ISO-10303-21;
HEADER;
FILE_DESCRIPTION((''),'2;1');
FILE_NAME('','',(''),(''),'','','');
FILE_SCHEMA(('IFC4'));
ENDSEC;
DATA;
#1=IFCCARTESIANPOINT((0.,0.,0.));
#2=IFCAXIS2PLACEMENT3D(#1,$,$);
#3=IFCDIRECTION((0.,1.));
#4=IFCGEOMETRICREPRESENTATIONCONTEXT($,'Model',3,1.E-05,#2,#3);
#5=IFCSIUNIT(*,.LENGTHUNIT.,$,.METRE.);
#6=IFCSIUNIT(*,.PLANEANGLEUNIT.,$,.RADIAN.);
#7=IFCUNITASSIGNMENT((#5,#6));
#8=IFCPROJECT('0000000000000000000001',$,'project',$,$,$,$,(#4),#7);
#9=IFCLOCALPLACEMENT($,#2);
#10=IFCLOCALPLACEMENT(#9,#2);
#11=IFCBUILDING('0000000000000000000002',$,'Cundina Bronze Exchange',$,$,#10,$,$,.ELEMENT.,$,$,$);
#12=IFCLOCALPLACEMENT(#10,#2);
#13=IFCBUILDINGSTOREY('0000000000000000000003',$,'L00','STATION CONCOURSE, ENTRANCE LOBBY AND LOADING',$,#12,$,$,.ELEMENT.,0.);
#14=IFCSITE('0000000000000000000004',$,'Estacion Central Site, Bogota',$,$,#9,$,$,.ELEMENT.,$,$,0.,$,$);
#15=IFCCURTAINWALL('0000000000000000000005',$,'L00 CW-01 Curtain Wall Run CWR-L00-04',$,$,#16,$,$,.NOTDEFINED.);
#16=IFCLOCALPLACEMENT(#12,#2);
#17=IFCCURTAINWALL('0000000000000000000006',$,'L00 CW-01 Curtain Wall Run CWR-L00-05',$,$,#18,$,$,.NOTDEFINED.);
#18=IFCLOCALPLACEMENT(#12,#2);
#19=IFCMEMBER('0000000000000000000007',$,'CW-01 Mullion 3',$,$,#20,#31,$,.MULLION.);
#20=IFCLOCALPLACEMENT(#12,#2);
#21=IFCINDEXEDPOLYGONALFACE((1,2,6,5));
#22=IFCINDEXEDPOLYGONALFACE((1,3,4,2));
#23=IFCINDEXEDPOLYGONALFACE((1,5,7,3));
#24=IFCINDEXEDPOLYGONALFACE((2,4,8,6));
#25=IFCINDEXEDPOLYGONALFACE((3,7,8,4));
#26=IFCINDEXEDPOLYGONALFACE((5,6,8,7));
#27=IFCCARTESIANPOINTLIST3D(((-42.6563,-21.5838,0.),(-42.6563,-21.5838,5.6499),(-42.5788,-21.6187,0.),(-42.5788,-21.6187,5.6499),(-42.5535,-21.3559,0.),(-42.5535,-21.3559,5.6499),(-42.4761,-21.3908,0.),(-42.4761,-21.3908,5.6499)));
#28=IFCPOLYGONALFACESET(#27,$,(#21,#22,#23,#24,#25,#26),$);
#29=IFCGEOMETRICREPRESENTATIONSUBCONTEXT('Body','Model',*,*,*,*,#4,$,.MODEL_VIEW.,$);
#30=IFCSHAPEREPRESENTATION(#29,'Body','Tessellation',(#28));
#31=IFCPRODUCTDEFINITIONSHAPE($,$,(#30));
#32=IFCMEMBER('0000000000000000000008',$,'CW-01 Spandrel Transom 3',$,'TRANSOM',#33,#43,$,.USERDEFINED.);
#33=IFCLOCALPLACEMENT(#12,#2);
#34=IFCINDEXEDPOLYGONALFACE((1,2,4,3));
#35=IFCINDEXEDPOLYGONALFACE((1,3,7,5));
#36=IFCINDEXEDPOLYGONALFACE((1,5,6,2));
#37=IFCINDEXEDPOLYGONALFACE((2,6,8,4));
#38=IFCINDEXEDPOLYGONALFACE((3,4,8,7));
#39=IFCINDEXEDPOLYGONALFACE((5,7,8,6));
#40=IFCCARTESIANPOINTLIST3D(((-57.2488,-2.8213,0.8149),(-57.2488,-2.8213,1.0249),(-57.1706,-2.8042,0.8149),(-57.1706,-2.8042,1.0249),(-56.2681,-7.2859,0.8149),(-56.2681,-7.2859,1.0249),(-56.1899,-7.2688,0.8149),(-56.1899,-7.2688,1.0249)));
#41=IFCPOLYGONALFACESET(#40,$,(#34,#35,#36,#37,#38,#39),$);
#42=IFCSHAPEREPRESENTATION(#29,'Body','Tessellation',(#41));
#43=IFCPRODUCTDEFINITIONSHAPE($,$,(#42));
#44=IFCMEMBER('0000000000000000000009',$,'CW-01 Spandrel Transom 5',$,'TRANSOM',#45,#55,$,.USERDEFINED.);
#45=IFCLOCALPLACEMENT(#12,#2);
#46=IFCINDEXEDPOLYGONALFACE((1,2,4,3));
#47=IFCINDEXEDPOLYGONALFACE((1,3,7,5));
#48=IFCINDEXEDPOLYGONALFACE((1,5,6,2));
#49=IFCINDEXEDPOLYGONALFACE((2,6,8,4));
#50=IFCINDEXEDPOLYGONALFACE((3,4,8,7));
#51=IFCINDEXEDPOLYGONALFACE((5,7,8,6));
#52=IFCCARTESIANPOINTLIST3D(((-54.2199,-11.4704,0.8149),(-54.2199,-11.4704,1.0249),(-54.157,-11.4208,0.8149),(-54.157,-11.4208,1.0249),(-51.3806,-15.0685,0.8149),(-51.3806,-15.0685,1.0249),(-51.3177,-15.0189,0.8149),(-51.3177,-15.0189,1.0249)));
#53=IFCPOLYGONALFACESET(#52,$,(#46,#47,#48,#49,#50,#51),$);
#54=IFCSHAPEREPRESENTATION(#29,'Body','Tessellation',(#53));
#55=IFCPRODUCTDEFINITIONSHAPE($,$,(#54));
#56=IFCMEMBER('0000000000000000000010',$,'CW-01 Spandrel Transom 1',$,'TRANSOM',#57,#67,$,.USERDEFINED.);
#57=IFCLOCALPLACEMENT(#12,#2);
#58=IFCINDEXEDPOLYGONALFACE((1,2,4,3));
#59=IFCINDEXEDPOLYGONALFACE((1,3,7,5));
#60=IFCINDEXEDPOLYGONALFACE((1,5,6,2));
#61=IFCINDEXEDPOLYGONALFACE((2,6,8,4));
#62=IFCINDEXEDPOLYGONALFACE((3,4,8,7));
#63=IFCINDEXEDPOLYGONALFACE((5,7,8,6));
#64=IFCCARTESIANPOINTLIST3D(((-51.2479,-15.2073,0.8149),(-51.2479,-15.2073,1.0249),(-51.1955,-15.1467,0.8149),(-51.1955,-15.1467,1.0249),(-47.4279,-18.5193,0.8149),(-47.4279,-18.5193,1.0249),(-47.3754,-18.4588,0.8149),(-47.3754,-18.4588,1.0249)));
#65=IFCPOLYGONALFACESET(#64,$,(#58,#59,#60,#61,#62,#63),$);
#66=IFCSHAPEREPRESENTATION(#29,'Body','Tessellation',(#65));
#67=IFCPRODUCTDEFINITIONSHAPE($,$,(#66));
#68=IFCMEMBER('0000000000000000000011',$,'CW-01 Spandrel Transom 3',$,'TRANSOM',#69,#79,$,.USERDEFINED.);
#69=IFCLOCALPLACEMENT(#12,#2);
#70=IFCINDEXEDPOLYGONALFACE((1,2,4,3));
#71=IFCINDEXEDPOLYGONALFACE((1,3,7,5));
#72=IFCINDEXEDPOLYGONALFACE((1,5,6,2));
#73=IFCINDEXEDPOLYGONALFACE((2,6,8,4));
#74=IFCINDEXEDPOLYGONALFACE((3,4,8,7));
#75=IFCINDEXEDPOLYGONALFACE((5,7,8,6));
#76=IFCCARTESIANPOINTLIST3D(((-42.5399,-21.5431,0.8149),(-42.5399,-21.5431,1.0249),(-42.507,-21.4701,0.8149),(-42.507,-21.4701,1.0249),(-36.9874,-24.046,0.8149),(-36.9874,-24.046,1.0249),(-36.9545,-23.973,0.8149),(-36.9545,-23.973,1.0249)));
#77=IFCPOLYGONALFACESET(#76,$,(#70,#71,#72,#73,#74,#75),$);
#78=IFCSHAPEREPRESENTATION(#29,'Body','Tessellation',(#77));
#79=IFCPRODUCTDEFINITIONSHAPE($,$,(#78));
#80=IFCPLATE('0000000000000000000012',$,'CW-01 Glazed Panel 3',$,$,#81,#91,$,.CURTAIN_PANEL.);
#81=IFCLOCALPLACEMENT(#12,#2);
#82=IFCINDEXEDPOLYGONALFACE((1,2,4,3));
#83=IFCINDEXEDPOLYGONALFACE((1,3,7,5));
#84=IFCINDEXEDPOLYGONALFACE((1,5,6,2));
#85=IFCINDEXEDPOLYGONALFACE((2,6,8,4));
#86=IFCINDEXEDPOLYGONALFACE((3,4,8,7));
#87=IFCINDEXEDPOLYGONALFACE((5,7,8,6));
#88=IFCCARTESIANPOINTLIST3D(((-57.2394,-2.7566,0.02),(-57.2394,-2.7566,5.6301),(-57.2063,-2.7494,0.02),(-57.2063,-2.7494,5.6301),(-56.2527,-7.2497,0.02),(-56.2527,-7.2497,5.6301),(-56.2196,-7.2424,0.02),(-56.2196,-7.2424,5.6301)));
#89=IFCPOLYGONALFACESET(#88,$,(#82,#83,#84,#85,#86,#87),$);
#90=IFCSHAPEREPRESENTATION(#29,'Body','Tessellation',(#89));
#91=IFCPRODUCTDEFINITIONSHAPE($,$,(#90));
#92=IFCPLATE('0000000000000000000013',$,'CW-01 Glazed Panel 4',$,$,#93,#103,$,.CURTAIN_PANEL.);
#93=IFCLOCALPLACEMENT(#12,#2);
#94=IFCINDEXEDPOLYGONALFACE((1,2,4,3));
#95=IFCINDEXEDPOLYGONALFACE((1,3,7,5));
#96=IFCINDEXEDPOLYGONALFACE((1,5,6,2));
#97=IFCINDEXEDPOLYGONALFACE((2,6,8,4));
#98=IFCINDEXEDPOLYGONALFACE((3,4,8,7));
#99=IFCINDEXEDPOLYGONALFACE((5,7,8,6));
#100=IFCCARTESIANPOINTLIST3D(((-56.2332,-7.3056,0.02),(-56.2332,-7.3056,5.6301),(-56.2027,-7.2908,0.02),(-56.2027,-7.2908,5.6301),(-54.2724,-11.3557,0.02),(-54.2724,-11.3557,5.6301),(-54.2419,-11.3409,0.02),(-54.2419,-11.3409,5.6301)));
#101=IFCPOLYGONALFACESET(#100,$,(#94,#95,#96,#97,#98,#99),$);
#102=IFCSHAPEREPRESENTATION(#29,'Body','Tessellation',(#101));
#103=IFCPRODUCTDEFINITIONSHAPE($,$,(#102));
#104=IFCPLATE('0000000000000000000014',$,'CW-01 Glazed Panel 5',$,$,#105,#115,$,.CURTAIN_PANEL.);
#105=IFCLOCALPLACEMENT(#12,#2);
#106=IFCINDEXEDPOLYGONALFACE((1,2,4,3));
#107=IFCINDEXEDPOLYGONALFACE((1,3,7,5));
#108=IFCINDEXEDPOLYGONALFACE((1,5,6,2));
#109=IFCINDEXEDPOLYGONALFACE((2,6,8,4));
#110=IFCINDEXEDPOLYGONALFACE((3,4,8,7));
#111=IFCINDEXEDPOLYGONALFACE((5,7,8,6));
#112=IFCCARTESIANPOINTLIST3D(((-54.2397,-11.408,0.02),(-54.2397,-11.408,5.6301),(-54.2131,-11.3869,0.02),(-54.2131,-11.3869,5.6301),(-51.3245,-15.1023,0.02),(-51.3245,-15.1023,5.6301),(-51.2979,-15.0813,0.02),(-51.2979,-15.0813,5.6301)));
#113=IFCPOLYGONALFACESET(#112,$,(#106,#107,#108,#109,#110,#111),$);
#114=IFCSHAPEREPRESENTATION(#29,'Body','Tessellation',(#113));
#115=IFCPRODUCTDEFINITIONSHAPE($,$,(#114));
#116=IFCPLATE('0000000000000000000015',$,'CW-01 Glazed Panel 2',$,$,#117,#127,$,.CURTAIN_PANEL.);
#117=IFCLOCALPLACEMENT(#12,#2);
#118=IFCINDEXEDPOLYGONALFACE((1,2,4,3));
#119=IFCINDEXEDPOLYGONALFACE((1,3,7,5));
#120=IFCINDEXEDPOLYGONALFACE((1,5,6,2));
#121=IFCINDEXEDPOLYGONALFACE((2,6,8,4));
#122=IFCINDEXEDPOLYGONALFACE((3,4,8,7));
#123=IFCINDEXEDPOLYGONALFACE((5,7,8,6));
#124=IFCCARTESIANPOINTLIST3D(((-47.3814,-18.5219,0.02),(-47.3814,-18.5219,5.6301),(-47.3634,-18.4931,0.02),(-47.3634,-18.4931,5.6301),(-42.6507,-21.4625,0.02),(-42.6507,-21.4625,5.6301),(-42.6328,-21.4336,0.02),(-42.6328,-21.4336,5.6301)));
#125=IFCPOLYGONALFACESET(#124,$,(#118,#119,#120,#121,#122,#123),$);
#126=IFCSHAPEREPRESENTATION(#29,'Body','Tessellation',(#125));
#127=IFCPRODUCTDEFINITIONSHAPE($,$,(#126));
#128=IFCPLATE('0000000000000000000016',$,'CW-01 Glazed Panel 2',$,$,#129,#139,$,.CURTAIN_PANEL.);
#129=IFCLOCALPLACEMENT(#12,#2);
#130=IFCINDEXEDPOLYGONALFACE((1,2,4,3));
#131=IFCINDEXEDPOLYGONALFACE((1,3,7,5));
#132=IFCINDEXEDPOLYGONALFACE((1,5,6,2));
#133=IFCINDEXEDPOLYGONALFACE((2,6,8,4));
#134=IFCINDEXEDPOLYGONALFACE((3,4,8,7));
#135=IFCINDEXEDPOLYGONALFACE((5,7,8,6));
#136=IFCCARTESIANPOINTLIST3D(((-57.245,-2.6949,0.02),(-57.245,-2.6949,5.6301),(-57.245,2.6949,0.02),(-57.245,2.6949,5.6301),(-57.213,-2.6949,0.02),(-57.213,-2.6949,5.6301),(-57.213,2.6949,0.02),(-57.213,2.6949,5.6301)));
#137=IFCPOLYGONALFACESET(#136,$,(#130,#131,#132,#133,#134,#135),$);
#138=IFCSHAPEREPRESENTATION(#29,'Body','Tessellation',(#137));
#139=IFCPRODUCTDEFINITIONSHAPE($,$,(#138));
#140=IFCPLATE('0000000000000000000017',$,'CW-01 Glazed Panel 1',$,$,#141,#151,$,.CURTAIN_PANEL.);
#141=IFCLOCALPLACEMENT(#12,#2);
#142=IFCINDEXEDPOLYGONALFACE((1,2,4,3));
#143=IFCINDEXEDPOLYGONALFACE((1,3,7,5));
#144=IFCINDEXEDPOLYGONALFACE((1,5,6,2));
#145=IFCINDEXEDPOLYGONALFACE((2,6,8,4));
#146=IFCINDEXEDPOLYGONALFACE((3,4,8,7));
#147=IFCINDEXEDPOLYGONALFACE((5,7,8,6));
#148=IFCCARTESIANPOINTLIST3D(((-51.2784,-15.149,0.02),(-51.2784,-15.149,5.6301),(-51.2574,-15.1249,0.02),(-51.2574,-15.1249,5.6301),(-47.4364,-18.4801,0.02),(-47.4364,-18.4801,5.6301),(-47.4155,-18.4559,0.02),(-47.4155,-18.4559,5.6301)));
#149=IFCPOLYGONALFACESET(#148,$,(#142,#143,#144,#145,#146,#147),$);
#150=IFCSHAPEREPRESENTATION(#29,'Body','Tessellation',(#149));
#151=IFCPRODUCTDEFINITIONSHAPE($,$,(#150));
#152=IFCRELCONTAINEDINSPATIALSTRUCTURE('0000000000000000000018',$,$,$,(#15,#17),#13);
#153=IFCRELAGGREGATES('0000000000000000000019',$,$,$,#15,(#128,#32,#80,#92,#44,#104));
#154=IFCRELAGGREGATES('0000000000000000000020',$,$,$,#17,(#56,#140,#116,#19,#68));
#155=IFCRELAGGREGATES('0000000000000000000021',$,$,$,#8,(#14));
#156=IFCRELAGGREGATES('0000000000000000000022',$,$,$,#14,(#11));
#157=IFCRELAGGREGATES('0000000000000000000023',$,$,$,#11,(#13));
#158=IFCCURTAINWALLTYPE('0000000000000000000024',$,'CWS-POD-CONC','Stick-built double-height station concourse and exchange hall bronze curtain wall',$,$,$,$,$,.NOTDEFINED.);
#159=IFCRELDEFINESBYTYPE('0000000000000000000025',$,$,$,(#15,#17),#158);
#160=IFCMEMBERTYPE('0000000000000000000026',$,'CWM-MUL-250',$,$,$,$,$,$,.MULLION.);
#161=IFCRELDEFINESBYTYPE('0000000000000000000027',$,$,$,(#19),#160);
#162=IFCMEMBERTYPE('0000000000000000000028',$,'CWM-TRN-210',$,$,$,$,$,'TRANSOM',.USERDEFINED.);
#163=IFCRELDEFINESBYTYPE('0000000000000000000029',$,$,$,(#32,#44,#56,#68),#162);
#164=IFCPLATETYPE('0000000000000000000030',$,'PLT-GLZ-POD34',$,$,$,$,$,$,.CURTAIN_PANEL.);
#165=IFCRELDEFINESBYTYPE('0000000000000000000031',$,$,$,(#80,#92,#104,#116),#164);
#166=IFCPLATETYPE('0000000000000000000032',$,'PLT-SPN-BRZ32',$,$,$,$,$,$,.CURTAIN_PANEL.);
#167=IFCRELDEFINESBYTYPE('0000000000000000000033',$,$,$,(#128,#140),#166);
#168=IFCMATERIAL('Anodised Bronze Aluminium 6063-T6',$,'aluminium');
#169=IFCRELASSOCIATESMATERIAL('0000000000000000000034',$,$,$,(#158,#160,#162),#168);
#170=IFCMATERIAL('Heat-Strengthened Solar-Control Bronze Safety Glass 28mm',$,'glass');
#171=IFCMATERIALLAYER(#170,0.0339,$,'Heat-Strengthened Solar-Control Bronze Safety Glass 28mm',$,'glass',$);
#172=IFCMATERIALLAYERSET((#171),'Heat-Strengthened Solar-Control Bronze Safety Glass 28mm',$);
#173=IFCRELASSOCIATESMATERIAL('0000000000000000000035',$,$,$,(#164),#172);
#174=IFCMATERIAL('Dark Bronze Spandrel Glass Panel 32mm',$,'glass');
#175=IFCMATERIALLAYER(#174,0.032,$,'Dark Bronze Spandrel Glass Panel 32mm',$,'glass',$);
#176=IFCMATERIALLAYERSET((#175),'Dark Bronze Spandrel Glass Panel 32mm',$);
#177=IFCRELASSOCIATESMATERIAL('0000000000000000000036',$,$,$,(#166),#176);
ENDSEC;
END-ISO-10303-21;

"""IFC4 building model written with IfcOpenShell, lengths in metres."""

from ifc_helpers import new_model, si_unit, direction, frame, origin, origin_2d, place, context, subcontext, project, spatial, rectangle, extrude, material, layer, layer_set, material_profile, profile_set, type_object, element, aggregate, save


model = new_model("IFC4")

# Units and contexts
model_context = context("Model", 3, precision=1e-05, world=origin(), true_north=direction((0.0, 1.0)))
body_context = subcontext(model_context, "Body", "Model", "MODEL_VIEW")
ifc_project = project(units=[si_unit("LENGTHUNIT", "METRE"), si_unit("PLANEANGLEUNIT", "RADIAN")], contexts=[model_context])

# Site, building, storey
site_placement = place(None, origin())
site = spatial("IfcSite", under=ifc_project, at=site_placement, Name="Estacion Central Site, Bogota", CompositionType="ELEMENT", RefElevation=0.0)
building_placement = place(site_placement, origin())
building = spatial("IfcBuilding", under=site, at=building_placement, Name="Cundina Bronze Exchange", CompositionType="ELEMENT")
storey_placement = place(building_placement, origin())
storey = spatial("IfcBuildingStorey", under=building, at=storey_placement, Name="L00", Description="STATION CONCOURSE, ENTRANCE LOBBY AND LOADING", CompositionType="ELEMENT", Elevation=0.0)

# Curtain walls, member
ifc_material_1 = material(Name="Anodised Bronze Aluminium 6063-T6", Category="aluminium")
curtain_wall_type = type_object("IfcCurtainWallType", Name="CWS-POD-CONC", Description="Stick-built double-height station concourse and exchange hall bronze curtain wall", PredefinedType="NOTDEFINED", material=ifc_material_1)
curtain_wall_1_placement = place(storey_placement, origin())
curtain_wall_1 = element("IfcCurtainWall", 1, at=curtain_wall_1_placement, inside=storey, type_object=curtain_wall_type, Name="L00 CW-01 Curtain Wall Run CWR-L00-04", PredefinedType="NOTDEFINED")
ifc_material_profile_1 = material_profile(ifc_material_1, rectangle(XDim=0.085, YDim=0.25, at=origin_2d()), Name="AL85X250", Category="aluminium")
ifc_profile_set_1 = profile_set([ifc_material_profile_1], Name="Anodised Bronze Aluminium 6063-T6")
member_type_1 = type_object("IfcMemberType", Name="CWM-MUL-250", PredefinedType="MULLION", material=ifc_profile_set_1)
curtain_wall_2_placement = place(storey_placement, origin())
curtain_wall_2 = element("IfcCurtainWall", 2, at=curtain_wall_2_placement, inside=storey, type_object=curtain_wall_type, Name="L00 CW-01 Curtain Wall Run CWR-L00-05", PredefinedType="NOTDEFINED")
member_1_placement = place(storey_placement, frame((-42.5662, -21.4873, 0.0), z_axis=(0.0, 0.0, 1.0), x_axis=(0.911619, -0.411037, 0.0)))
member_1 = element("IfcMember", 3, at=member_1_placement, type_object=member_type_1, Name="CW-01 Mullion 3", PredefinedType="MULLION", context=body_context, shape_type="SweptSolid", body=[
    extrude(rectangle(XDim=0.085, YDim=0.25, at=origin_2d()), origin(), (0.0, 0.0, 1.0), 5.6499),
])

# Members
ifc_material_profile_2 = material_profile(ifc_material_1, rectangle(XDim=0.0801, YDim=0.21, at=origin_2d()), Name="AL80X210", Category="aluminium")
ifc_profile_set_2 = profile_set([ifc_material_profile_2], Name="Anodised Bronze Aluminium 6063-T6")
member_type_2 = type_object("IfcMemberType", Name="CWM-TRN-210", ElementType="TRANSOM", PredefinedType="USERDEFINED", material=ifc_profile_set_2)
member_2_placement = place(storey_placement, frame((-57.2097, -2.8127, 0.9199), z_axis=(0.214549, -0.976713, 0.0), x_axis=(0.976713, 0.214549, 0.0)))
member_2 = element("IfcMember", 4, at=member_2_placement, type_object=member_type_2, Name="CW-01 Spandrel Transom 3", ObjectType="TRANSOM", PredefinedType="USERDEFINED", context=body_context, shape_type="SweptSolid", body=[
    extrude(rectangle(XDim=0.0801, YDim=0.21, at=origin_2d()), origin(), (0.0, 0.0, 1.0), 4.571),
])
member_3_placement = place(storey_placement, frame((-54.1885, -11.4456, 0.9199), z_axis=(0.619472, -0.785019, 0.0), x_axis=(0.785019, 0.619472, 0.0)))
member_3 = element("IfcMember", 5, at=member_3_placement, type_object=member_type_2, Name="CW-01 Spandrel Transom 5", ObjectType="TRANSOM", PredefinedType="USERDEFINED", context=body_context, shape_type="SweptSolid", body=[
    extrude(rectangle(XDim=0.0801, YDim=0.21, at=origin_2d()), origin(), (0.0, 0.0, 1.0), 4.5835),
])
member_4_placement = place(storey_placement, frame((-51.2217, -15.177, 0.9199), z_axis=(0.755563, -0.655076, 0.0), x_axis=(0.655076, 0.755563, 0.0)))
member_4 = element("IfcMember", 6, at=member_4_placement, type_object=member_type_2, Name="CW-01 Spandrel Transom 1", ObjectType="TRANSOM", PredefinedType="USERDEFINED", context=body_context, shape_type="SweptSolid", body=[
    extrude(rectangle(XDim=0.0801, YDim=0.21, at=origin_2d()), origin(), (0.0, 0.0, 1.0), 5.0559),
])
member_5_placement = place(storey_placement, frame((-42.5234, -21.5066, 0.9199), z_axis=(0.911657, -0.410953, 0.0), x_axis=(0.410953, 0.911657, 0.0)))
member_5 = element("IfcMember", 7, at=member_5_placement, type_object=member_type_2, Name="CW-01 Spandrel Transom 3", ObjectType="TRANSOM", PredefinedType="USERDEFINED", context=body_context, shape_type="SweptSolid", body=[
    extrude(rectangle(XDim=0.0801, YDim=0.21, at=origin_2d()), origin(), (0.0, 0.0, 1.0), 6.0906),
])

# Plates
ifc_material_2 = material(Name="Heat-Strengthened Solar-Control Bronze Safety Glass 28mm", Category="glass")
ifc_layer_1 = layer(ifc_material_2, 0.0339, Name="Heat-Strengthened Solar-Control Bronze Safety Glass 28mm", Category="glass")
ifc_layer_set_1 = layer_set([ifc_layer_1], Name="Heat-Strengthened Solar-Control Bronze Safety Glass 28mm")
plate_type_1 = type_object("IfcPlateType", Name="PLT-GLZ-POD34", PredefinedType="CURTAIN_PANEL", material=ifc_layer_set_1)
plate_1_placement = place(storey_placement, frame((-56.7295, -4.9995, 0.02), z_axis=(0.0, 0.0, 1.0), x_axis=(0.214497, -0.976725, 0.0)))
plate_1 = element("IfcPlate", 8, at=plate_1_placement, type_object=plate_type_1, Name="CW-01 Glazed Panel 3", PredefinedType="CURTAIN_PANEL", context=body_context, shape_type="SweptSolid", body=[
    extrude(rectangle(XDim=4.6001, YDim=0.0339, at=origin_2d()), origin(), (0.0, 0.0, 1.0), 5.6101),
])
plate_2_placement = place(storey_placement, frame((-55.2375, -9.3232, 0.02), z_axis=(0.0, 0.0, 1.0), x_axis=(0.435765, -0.90006, 0.0)))
plate_2 = element("IfcPlate", 9, at=plate_2_placement, type_object=plate_type_1, Name="CW-01 Glazed Panel 4", PredefinedType="CURTAIN_PANEL", context=body_context, shape_type="SweptSolid", body=[
    extrude(rectangle(XDim=4.4998, YDim=0.0339, at=origin_2d()), origin(), (0.0, 0.0, 1.0), 5.6101),
])
plate_3_placement = place(storey_placement, frame((-52.7688, -13.2446, 0.02), z_axis=(0.0, 0.0, 1.0), x_axis=(0.619464, -0.785025, 0.0)))
plate_3 = element("IfcPlate", 10, at=plate_3_placement, type_object=plate_type_1, Name="CW-01 Glazed Panel 5", PredefinedType="CURTAIN_PANEL", context=body_context, shape_type="SweptSolid", body=[
    extrude(rectangle(XDim=4.7061, YDim=0.0339, at=origin_2d()), origin(), (0.0, 0.0, 1.0), 5.6101),
])
plate_4_placement = place(storey_placement, frame((-45.0071, -19.9778, 0.02), z_axis=(0.0, 0.0, 1.0), x_axis=(0.849294, -0.52792, 0.0)))
plate_4 = element("IfcPlate", 11, at=plate_4_placement, type_object=plate_type_1, Name="CW-01 Glazed Panel 2", PredefinedType="CURTAIN_PANEL", context=body_context, shape_type="SweptSolid", body=[
    extrude(rectangle(XDim=5.5701, YDim=0.0339, at=origin_2d()), origin(), (0.0, 0.0, 1.0), 5.6101),
])
ifc_material_3 = material(Name="Dark Bronze Spandrel Glass Panel 32mm", Category="glass")
ifc_layer_2 = layer(ifc_material_3, 0.032, Name="Dark Bronze Spandrel Glass Panel 32mm", Category="glass")
ifc_layer_set_2 = layer_set([ifc_layer_2], Name="Dark Bronze Spandrel Glass Panel 32mm")
plate_type_2 = type_object("IfcPlateType", Name="PLT-SPN-BRZ32", PredefinedType="CURTAIN_PANEL", material=ifc_layer_set_2)
plate_5_placement = place(storey_placement, frame((-57.229, 0.0, 0.02), z_axis=(0.0, 0.0, 1.0), x_axis=(0.0, -1.0, 0.0)))
plate_5 = element("IfcPlate", 12, at=plate_5_placement, type_object=plate_type_2, Name="CW-01 Glazed Panel 2", PredefinedType="CURTAIN_PANEL", context=body_context, shape_type="SweptSolid", body=[
    extrude(rectangle(XDim=5.3899, YDim=0.032, at=origin_2d()), origin(), (0.0, 0.0, 1.0), 5.6101),
])
aggregate(curtain_wall_1, [plate_5, member_2, plate_1, plate_2, member_3, plate_3])
plate_6_placement = place(storey_placement, frame((-49.3469, -16.8025, 0.02), z_axis=(0.0, 0.0, 1.0), x_axis=(0.755556, -0.655084, 0.0)))
plate_6 = element("IfcPlate", 13, at=plate_6_placement, type_object=plate_type_2, Name="CW-01 Glazed Panel 1", PredefinedType="CURTAIN_PANEL", context=body_context, shape_type="SweptSolid", body=[
    extrude(rectangle(XDim=5.085, YDim=0.032, at=origin_2d()), origin(), (0.0, 0.0, 1.0), 5.6101),
])
aggregate(curtain_wall_2, [member_4, plate_6, plate_4, member_1, member_5])

save(model, "model.ifc")
